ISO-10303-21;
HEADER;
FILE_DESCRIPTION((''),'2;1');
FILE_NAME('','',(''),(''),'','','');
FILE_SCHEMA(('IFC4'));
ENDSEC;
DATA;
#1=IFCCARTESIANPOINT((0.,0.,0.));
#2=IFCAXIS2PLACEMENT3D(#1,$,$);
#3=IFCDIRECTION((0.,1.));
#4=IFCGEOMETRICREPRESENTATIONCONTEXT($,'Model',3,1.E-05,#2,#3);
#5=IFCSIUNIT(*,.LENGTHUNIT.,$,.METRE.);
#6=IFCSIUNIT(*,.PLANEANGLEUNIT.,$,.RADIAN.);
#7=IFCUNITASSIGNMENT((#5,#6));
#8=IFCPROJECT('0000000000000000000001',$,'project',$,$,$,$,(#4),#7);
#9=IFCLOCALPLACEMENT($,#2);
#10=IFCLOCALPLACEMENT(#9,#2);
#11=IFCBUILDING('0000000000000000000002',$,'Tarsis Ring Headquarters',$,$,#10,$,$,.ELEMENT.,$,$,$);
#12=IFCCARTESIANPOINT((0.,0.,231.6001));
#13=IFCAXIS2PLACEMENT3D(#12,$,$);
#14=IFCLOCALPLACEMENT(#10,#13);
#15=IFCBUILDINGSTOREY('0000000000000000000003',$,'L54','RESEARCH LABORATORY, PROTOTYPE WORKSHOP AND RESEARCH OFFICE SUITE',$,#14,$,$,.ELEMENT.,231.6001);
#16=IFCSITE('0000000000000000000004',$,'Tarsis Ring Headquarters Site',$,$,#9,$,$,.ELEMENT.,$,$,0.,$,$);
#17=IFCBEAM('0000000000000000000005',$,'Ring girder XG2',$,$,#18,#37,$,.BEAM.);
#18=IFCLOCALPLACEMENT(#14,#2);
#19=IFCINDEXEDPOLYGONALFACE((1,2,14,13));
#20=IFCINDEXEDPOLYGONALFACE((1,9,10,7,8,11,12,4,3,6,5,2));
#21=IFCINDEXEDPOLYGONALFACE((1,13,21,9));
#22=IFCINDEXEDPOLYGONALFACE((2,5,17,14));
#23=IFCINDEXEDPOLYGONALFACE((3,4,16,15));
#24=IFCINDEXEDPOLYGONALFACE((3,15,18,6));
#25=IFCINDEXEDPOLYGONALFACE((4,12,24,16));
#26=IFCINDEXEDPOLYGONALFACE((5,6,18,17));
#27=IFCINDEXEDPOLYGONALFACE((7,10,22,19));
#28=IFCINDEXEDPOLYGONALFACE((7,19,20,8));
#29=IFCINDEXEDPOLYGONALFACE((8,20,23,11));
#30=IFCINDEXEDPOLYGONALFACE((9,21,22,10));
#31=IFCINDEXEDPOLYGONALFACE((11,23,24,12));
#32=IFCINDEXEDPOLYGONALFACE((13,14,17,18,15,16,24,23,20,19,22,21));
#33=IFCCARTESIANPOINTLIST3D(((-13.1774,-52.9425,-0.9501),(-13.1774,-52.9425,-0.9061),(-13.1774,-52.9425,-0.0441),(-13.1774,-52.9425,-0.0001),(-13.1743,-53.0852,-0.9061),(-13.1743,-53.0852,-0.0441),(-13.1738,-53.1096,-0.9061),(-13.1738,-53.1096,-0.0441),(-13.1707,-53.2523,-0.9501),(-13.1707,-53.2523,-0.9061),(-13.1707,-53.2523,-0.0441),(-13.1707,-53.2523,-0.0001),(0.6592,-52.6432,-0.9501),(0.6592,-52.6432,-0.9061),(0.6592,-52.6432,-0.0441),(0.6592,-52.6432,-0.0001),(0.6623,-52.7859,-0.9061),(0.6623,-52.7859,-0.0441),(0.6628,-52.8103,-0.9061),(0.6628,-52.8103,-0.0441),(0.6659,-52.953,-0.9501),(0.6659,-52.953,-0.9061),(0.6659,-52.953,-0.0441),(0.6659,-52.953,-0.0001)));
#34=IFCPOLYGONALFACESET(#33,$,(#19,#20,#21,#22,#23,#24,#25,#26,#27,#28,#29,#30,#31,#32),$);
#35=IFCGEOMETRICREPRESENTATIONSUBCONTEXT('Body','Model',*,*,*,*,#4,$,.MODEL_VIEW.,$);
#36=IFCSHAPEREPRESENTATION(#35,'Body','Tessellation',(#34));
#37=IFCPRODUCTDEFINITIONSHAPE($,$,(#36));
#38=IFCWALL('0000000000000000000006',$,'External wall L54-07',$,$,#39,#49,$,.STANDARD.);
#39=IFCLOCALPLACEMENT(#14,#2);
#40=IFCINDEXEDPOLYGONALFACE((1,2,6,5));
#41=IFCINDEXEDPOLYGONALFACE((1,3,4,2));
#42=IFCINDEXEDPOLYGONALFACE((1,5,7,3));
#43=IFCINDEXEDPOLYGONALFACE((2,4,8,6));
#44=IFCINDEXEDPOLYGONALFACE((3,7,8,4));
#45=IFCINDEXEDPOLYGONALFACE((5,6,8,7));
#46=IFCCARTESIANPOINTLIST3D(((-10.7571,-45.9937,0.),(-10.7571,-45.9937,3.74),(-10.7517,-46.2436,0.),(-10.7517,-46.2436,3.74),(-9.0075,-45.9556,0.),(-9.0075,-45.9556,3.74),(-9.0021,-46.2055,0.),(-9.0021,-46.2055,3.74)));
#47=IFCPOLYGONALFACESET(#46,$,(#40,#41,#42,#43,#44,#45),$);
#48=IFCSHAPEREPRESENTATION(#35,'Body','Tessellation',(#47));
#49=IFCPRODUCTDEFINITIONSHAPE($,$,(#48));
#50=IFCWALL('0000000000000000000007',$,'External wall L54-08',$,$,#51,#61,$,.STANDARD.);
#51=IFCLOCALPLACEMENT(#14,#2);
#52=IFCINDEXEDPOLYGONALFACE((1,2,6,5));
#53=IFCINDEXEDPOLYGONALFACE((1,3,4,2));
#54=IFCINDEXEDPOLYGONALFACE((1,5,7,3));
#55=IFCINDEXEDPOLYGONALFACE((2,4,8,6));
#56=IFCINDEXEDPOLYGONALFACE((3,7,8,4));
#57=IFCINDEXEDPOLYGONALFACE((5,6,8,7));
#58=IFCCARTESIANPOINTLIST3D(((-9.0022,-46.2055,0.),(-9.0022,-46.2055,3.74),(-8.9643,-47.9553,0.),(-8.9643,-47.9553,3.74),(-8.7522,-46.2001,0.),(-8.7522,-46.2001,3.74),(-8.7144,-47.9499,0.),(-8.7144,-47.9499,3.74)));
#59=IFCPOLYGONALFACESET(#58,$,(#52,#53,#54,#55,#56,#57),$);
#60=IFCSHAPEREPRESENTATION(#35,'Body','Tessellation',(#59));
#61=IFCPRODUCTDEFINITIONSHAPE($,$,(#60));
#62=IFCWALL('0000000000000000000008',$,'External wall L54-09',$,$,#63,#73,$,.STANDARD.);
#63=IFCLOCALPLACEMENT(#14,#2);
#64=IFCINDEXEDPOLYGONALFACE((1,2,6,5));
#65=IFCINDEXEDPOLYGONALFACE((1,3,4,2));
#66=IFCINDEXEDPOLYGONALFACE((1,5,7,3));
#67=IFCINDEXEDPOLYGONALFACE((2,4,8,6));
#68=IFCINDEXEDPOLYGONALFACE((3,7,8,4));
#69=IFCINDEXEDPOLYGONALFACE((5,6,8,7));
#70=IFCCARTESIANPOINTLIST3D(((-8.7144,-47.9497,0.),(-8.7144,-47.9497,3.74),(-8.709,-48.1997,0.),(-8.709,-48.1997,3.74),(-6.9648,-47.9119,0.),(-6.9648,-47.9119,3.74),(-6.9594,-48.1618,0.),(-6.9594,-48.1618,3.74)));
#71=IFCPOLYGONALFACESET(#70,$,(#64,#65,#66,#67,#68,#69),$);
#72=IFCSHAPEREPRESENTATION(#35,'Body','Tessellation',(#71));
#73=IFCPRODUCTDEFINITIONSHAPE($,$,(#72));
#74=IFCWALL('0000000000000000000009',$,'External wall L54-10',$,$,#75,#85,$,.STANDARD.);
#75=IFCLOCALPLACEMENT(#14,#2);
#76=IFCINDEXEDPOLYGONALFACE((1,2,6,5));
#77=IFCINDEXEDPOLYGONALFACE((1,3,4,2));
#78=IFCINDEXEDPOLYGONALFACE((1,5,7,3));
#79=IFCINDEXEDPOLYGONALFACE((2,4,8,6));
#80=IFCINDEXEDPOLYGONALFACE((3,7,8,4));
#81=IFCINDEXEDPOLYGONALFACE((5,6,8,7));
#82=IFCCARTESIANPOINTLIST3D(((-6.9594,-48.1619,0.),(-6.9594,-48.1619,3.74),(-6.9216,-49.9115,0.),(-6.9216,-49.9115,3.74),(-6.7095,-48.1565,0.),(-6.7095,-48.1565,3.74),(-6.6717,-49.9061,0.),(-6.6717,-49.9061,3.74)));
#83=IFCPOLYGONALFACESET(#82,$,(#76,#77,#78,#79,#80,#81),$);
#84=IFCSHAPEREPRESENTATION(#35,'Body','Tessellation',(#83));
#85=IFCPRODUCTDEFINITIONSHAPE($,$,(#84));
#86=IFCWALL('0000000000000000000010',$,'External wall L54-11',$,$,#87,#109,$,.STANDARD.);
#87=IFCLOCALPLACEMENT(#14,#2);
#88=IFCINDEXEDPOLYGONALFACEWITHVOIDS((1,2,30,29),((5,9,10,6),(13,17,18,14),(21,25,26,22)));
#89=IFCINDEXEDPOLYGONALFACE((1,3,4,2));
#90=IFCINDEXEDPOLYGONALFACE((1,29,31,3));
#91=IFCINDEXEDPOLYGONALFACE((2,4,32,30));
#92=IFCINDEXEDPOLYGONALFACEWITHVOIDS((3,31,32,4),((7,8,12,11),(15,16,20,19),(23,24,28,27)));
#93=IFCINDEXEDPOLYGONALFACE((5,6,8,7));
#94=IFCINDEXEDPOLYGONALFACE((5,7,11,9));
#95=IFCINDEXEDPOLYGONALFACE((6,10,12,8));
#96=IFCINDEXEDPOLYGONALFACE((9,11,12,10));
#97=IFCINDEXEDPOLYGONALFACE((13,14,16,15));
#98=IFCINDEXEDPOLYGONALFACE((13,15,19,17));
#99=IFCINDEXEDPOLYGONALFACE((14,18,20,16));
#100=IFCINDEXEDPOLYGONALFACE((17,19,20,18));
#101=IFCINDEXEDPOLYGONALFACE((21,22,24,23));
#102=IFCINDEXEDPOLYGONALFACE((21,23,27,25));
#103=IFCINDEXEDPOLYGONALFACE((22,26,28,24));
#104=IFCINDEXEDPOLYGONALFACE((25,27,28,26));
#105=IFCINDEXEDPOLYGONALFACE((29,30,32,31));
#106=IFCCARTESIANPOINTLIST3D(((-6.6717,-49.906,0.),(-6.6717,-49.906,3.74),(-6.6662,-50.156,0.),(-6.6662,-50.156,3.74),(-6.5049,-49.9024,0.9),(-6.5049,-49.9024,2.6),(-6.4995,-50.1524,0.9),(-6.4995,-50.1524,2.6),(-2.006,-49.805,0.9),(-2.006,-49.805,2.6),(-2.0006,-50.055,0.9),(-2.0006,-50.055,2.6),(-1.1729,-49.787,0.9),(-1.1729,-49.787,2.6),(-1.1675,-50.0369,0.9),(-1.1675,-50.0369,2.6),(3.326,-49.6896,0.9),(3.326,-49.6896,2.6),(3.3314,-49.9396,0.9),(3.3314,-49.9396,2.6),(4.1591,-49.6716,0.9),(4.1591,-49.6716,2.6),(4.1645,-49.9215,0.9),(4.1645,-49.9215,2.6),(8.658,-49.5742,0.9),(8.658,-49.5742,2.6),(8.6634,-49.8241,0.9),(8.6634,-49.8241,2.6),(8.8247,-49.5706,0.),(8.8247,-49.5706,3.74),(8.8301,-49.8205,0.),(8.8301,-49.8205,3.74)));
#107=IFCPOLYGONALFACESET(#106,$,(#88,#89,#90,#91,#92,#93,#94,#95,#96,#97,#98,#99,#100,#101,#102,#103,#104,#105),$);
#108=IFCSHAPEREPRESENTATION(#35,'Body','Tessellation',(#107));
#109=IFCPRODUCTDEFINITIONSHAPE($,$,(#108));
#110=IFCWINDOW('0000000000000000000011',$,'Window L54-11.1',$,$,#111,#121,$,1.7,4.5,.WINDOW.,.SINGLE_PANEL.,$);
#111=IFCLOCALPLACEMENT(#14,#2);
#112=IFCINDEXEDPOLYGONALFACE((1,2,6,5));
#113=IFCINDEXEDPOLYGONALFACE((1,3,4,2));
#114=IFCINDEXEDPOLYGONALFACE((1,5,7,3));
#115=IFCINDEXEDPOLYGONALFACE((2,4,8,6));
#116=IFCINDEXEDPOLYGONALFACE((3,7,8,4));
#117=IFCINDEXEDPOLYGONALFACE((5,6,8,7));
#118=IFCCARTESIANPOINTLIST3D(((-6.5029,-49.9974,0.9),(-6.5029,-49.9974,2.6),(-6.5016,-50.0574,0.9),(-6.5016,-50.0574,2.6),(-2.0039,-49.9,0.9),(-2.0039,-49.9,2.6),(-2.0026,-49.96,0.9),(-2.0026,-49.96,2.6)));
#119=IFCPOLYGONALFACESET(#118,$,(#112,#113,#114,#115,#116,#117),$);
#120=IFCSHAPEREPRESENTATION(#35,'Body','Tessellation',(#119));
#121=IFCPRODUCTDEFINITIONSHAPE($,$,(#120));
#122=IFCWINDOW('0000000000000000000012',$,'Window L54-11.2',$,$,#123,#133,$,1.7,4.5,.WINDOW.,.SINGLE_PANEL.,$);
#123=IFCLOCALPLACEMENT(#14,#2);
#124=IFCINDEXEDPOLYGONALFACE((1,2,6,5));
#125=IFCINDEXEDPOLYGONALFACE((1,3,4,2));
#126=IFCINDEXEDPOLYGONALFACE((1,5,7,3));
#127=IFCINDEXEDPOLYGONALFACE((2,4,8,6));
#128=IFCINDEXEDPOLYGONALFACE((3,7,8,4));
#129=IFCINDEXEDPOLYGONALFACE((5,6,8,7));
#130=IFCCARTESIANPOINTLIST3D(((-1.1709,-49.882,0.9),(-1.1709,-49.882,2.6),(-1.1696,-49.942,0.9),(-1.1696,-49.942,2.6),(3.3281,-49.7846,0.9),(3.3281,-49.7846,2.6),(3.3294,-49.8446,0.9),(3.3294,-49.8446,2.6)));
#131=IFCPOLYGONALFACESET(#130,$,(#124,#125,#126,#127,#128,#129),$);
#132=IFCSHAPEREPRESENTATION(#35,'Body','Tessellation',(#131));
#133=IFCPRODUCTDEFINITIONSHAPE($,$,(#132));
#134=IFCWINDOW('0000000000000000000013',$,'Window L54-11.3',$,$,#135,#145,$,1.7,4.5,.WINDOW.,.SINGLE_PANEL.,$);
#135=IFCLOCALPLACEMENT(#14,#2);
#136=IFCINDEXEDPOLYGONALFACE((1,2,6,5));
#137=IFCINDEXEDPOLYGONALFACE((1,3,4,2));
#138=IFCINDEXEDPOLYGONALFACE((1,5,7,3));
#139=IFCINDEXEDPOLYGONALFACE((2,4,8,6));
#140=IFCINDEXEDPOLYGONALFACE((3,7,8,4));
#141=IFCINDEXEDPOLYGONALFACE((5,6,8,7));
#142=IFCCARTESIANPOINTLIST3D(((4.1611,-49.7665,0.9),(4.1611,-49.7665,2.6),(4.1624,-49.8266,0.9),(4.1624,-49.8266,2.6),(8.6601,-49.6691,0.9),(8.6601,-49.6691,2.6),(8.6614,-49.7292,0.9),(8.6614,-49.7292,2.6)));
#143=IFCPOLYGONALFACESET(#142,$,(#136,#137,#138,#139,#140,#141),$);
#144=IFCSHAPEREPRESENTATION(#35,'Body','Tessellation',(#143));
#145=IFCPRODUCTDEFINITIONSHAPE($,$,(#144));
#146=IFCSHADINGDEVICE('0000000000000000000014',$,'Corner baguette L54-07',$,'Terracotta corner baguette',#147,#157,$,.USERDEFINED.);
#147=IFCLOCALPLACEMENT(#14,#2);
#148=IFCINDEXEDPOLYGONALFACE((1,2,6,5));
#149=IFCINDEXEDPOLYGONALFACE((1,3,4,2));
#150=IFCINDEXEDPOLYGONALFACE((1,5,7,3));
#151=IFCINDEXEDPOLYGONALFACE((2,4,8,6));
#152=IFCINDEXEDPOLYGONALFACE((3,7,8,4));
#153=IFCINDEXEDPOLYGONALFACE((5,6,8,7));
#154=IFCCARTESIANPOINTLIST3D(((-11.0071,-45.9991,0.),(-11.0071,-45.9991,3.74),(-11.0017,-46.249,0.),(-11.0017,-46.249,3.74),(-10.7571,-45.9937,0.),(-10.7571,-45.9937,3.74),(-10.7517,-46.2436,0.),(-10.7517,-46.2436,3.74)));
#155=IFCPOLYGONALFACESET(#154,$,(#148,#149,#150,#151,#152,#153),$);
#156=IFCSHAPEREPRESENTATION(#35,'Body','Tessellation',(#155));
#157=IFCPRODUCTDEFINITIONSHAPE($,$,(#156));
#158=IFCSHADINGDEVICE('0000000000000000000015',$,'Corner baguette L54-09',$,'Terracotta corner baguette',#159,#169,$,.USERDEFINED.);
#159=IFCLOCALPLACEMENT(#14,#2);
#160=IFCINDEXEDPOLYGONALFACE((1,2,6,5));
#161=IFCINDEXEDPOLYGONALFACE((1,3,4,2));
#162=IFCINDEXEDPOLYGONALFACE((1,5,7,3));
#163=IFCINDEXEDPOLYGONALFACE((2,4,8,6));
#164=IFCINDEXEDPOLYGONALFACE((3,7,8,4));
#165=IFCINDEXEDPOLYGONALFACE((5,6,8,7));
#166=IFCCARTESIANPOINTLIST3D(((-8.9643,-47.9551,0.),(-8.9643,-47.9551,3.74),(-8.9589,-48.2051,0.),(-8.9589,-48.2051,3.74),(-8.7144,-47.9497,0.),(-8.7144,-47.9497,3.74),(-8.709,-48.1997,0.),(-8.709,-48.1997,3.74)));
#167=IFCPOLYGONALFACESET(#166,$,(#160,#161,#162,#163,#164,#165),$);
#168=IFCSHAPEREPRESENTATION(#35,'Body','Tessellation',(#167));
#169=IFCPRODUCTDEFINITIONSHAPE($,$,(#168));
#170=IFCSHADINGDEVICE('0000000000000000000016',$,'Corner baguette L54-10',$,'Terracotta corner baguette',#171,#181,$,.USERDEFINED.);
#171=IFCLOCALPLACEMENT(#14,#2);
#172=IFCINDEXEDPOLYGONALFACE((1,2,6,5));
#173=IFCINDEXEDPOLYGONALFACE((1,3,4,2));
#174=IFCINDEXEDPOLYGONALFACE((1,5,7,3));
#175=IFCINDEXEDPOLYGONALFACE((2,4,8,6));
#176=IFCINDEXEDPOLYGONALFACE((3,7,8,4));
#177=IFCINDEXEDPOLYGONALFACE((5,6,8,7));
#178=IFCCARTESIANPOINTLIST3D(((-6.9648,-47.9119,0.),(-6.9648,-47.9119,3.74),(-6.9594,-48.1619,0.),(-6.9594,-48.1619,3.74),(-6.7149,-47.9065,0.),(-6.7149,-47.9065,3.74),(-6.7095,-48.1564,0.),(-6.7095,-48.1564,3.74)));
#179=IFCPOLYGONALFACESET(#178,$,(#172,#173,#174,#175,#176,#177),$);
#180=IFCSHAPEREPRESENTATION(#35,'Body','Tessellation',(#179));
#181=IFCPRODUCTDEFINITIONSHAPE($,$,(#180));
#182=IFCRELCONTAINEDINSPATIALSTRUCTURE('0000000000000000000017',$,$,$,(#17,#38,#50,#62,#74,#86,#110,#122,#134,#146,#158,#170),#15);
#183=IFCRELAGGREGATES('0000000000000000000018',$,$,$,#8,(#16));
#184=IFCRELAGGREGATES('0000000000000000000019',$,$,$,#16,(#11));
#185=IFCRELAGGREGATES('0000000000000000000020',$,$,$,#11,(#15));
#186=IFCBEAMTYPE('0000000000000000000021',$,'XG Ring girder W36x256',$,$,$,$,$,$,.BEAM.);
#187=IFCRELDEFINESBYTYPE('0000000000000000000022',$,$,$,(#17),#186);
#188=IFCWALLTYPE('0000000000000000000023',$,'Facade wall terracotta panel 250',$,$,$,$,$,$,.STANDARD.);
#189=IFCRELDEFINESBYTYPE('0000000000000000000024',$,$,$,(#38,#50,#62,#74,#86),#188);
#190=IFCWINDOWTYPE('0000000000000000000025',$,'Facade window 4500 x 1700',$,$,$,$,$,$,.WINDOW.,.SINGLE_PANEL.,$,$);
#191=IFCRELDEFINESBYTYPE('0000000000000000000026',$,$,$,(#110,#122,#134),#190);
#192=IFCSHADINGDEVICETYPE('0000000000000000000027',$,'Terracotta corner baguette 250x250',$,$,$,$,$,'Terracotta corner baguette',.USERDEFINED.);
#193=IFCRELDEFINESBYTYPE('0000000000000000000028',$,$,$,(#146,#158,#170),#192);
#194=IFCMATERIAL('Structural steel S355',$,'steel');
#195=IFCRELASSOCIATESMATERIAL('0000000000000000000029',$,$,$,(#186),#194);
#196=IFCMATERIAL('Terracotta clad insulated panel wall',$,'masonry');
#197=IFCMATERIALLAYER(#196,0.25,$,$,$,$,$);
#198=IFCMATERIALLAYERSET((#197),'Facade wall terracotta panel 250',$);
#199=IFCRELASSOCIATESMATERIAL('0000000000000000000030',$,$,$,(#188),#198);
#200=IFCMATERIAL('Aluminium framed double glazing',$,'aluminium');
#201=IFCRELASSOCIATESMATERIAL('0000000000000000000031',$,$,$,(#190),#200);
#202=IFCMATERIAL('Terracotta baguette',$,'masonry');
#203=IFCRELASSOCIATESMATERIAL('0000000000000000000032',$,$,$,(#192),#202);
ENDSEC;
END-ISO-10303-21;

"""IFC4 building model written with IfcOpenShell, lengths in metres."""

from ifc_helpers import new_model, si_unit, direction, frame, frame_2d, origin, origin_2d, place, context, subcontext, project, spatial, rectangle, i_section, extrude, material, layer, layer_set, material_profile, profile_set, type_object, element, fill, save


model = new_model("IFC4")

# Units and contexts
model_context = context("Model", 3, precision=1e-05, world=origin(), true_north=direction((0.0, 1.0)))
body_context = subcontext(model_context, "Body", "Model", "MODEL_VIEW")
ifc_project = project(units=[si_unit("LENGTHUNIT", "METRE"), si_unit("PLANEANGLEUNIT", "RADIAN")], contexts=[model_context])

# Site, building, storey
site_placement = place(None, origin())
site = spatial("IfcSite", under=ifc_project, at=site_placement, Name="Tarsis Ring Headquarters Site", CompositionType="ELEMENT", RefElevation=0.0)
building_placement = place(site_placement, origin())
building = spatial("IfcBuilding", under=site, at=building_placement, Name="Tarsis Ring Headquarters", CompositionType="ELEMENT")
storey_placement = place(building_placement, frame((0.0, 0.0, 231.6001)))
storey = spatial("IfcBuildingStorey", under=building, at=storey_placement, Name="L54", Description="RESEARCH LABORATORY, PROTOTYPE WORKSHOP AND RESEARCH OFFICE SUITE", CompositionType="ELEMENT", Elevation=231.6001)

# Shared definitions
ifc_material_1 = material(Name="Structural steel S355", Category="steel")

# Shared definitions
ifc_material_profile_1 = material_profile(ifc_material_1, i_section(OverallWidth=0.3098, OverallDepth=0.95, WebThickness=0.0244, FlangeThickness=0.0439, at=origin_2d()), Name="W36x256")
ifc_profile_set_1 = profile_set([ifc_material_profile_1], Name="Structural steel S355")

# Beam
beam_type_1 = type_object("IfcBeamType", Name="XG Ring girder W36x256", PredefinedType="BEAM", material=ifc_profile_set_1)
beam_1_placement = place(storey_placement, frame((-13.1741, -53.0974, -0.4751), z_axis=(0.999766, 0.021627, 0.0), x_axis=(-0.021627, 0.999766, 0.0)))
element("IfcBeam", 1, at=beam_1_placement, inside=storey, type_object=beam_type_1, Name="Ring girder XG2", PredefinedType="BEAM", context=body_context, shape_type="SweptSolid", body=[
    extrude(i_section(OverallWidth=0.3098, OverallDepth=0.95, WebThickness=0.0244, FlangeThickness=0.0439, at=origin_2d()), origin(), (0.0, 0.0, 1.0), 13.8398),
])

# Walls
ifc_material_2 = material(Name="Terracotta clad insulated panel wall", Category="masonry")
ifc_layer = layer(ifc_material_2, 0.25)
ifc_layer_set = layer_set([ifc_layer], Name="Facade wall terracotta panel 250")
wall_type = type_object("IfcWallType", Name="Facade wall terracotta panel 250", PredefinedType="STANDARD", material=ifc_layer_set)
wall_1_placement = place(storey_placement, frame((-10.7544, -46.1187, 0.0), z_axis=(0.0, 0.0, 1.0), x_axis=(0.999763, 0.021764, 0.0)))
element("IfcWall", 2, at=wall_1_placement, inside=storey, type_object=wall_type, Name="External wall L54-07", PredefinedType="STANDARD", context=body_context, shape_type="SweptSolid", body=[
    extrude(rectangle(XDim=1.75, YDim=0.25, at=frame_2d((0.875, 0.0))), origin(), (0.0, 0.0, 1.0), 3.74),
])
wall_2_placement = place(storey_placement, frame((-8.8772, -46.2029, 0.0), z_axis=(0.0, 0.0, 1.0), x_axis=(0.021622, -0.999766, 0.0)))
element("IfcWall", 3, at=wall_2_placement, inside=storey, type_object=wall_type, Name="External wall L54-08", PredefinedType="STANDARD", context=body_context, shape_type="SweptSolid", body=[
    extrude(rectangle(XDim=1.7502, YDim=0.25, at=frame_2d((0.875, 0.0))), origin(), (0.0, 0.0, 1.0), 3.74),
])
for number, where, z_axis, x_axis, name in (
    (4, (-8.7117, -48.0747, 0.0), (0.0, 0.0, 1.0), (0.999766, 0.021625, 0.0), "External wall L54-09"),
    (5, (-6.8345, -48.1592, 0.0), (0.0, 0.0, 1.0), (0.021625, -0.999766, 0.0), "External wall L54-10"),
):
    element("IfcWall", number, at=place(storey_placement, frame(where, z_axis=z_axis, x_axis=x_axis)), inside=storey, type_object=wall_type, Name=name, PredefinedType="STANDARD", context=body_context, shape_type="SweptSolid", body=[
        extrude(rectangle(XDim=1.75, YDim=0.25, at=frame_2d((0.875, 0.0))), origin(), (0.0, 0.0, 1.0), 3.74),
    ])

# Wall, openings, windows
wall_3_placement = place(storey_placement, frame((-6.6689, -50.031, 0.0), z_axis=(0.0, 0.0, 1.0), x_axis=(0.999766, 0.021642, 0.0)))
wall_3 = element("IfcWall", 6, at=wall_3_placement, inside=storey, type_object=wall_type, Name="External wall L54-11", PredefinedType="STANDARD", context=body_context, shape_type="SweptSolid", body=[
    extrude(rectangle(XDim=15.5, YDim=0.25, at=frame_2d((7.75, 0.0))), origin(), (0.0, 0.0, 1.0), 3.74),
])
opening_1_placement = place(wall_3_placement, frame((0.1667, 0.0, 0.8999)))
opening_1 = element("IfcOpeningElement", 7, at=opening_1_placement, cuts=wall_3, PredefinedType="OPENING", context=body_context, shape_type="SweptSolid", body=[
    extrude(rectangle(XDim=4.5, YDim=1.7, at=frame_2d((2.25, 0.8501))), frame((0.0, 0.135, 0.0), z_axis=(0.0, -1.0, 0.0), x_axis=(1.0, 0.0, 0.0)), (0.0, 0.0, 1.0), 0.27),
])
opening_2_placement = place(wall_3_placement, frame((5.5, 0.0, 0.8999)))
opening_2 = element("IfcOpeningElement", 8, at=opening_2_placement, cuts=wall_3, PredefinedType="OPENING", context=body_context, shape_type="SweptSolid", body=[
    extrude(rectangle(XDim=4.5, YDim=1.7, at=frame_2d((2.25, 0.8501))), frame((0.0, 0.135, 0.0), z_axis=(0.0, -1.0, 0.0), x_axis=(1.0, 0.0, 0.0)), (0.0, 0.0, 1.0), 0.27),
])
opening_3_placement = place(wall_3_placement, frame((10.8333, 0.0, 0.8999)))
opening_3 = element("IfcOpeningElement", 9, at=opening_3_placement, cuts=wall_3, PredefinedType="OPENING", context=body_context, shape_type="SweptSolid", body=[
    extrude(rectangle(XDim=4.5, YDim=1.7, at=frame_2d((2.25, 0.8501))), frame((0.0, 0.135, 0.0), z_axis=(0.0, -1.0, 0.0), x_axis=(1.0, 0.0, 0.0)), (0.0, 0.0, 1.0), 0.27),
])
ifc_material_3 = material(Name="Aluminium framed double glazing", Category="aluminium")
window_type = type_object("IfcWindowType", Name="Facade window 4500 x 1700", PartitioningType="SINGLE_PANEL", PredefinedType="WINDOW", material=ifc_material_3)
window_1_placement = place(opening_1_placement, origin())
window_1 = element("IfcWindow", 10, at=window_1_placement, inside=storey, type_object=window_type, Name="Window L54-11.1", OverallHeight=1.7, OverallWidth=4.5, PartitioningType="SINGLE_PANEL", PredefinedType="WINDOW", context=body_context, shape_type="SweptSolid", body=[
    extrude(rectangle(XDim=4.5, YDim=1.7, at=frame_2d((2.25, 0.8501))), frame((0.0, 0.03, 0.0), z_axis=(0.0, -1.0, 0.0), x_axis=(1.0, 0.0, 0.0)), (0.0, 0.0, 1.0), 0.0601),
])
fill(opening_1, window_1)
window_2_placement = place(opening_2_placement, origin())
window_2 = element("IfcWindow", 11, at=window_2_placement, inside=storey, type_object=window_type, Name="Window L54-11.2", OverallHeight=1.7, OverallWidth=4.5, PartitioningType="SINGLE_PANEL", PredefinedType="WINDOW", context=body_context, shape_type="SweptSolid", body=[
    extrude(rectangle(XDim=4.5, YDim=1.7, at=frame_2d((2.25, 0.8501))), frame((0.0, 0.03, 0.0), z_axis=(0.0, -1.0, 0.0), x_axis=(1.0, 0.0, 0.0)), (0.0, 0.0, 1.0), 0.0601),
])
fill(opening_2, window_2)
window_3_placement = place(opening_3_placement, origin())
window_3 = element("IfcWindow", 12, at=window_3_placement, inside=storey, type_object=window_type, Name="Window L54-11.3", OverallHeight=1.7, OverallWidth=4.5, PartitioningType="SINGLE_PANEL", PredefinedType="WINDOW", context=body_context, shape_type="SweptSolid", body=[
    extrude(rectangle(XDim=4.5, YDim=1.7, at=frame_2d((2.25, 0.8501))), frame((0.0, 0.03, 0.0), z_axis=(0.0, -1.0, 0.0), x_axis=(1.0, 0.0, 0.0)), (0.0, 0.0, 1.0), 0.0601),
])
fill(opening_3, window_3)

# Shading devices
ifc_material_4 = material(Name="Terracotta baguette", Category="masonry")
shading_device_type_1 = type_object("IfcShadingDeviceType", Name="Terracotta corner baguette 250x250", ElementType="Terracotta corner baguette", PredefinedType="USERDEFINED", material=ifc_material_4)
for number, where, z_axis, x_axis, name in (
    (13, (-10.8794, -46.1213, 0.0), (0.0, 0.0, 1.0), (0.02164, -0.999766, 0.0), "Corner baguette L54-07"),
    (14, (-8.8367, -48.0774, 0.0), (0.0, 0.0, 1.0), (0.02164, -0.999766, 0.0), "Corner baguette L54-09"),
    (15, (-6.8372, -48.0342, 0.0), (0.0, 0.0, 1.0), (0.999766, 0.021641, 0.0), "Corner baguette L54-10"),
):
    element("IfcShadingDevice", number, at=place(storey_placement, frame(where, z_axis=z_axis, x_axis=x_axis)), inside=storey, type_object=shading_device_type_1, Name=name, ObjectType="Terracotta corner baguette", PredefinedType="USERDEFINED", context=body_context, shape_type="SweptSolid", body=[
        extrude(rectangle(XDim=0.25, YDim=0.25, at=origin_2d()), origin(), (0.0, 0.0, 1.0), 3.74),
    ])

save(model, "model.ifc")
